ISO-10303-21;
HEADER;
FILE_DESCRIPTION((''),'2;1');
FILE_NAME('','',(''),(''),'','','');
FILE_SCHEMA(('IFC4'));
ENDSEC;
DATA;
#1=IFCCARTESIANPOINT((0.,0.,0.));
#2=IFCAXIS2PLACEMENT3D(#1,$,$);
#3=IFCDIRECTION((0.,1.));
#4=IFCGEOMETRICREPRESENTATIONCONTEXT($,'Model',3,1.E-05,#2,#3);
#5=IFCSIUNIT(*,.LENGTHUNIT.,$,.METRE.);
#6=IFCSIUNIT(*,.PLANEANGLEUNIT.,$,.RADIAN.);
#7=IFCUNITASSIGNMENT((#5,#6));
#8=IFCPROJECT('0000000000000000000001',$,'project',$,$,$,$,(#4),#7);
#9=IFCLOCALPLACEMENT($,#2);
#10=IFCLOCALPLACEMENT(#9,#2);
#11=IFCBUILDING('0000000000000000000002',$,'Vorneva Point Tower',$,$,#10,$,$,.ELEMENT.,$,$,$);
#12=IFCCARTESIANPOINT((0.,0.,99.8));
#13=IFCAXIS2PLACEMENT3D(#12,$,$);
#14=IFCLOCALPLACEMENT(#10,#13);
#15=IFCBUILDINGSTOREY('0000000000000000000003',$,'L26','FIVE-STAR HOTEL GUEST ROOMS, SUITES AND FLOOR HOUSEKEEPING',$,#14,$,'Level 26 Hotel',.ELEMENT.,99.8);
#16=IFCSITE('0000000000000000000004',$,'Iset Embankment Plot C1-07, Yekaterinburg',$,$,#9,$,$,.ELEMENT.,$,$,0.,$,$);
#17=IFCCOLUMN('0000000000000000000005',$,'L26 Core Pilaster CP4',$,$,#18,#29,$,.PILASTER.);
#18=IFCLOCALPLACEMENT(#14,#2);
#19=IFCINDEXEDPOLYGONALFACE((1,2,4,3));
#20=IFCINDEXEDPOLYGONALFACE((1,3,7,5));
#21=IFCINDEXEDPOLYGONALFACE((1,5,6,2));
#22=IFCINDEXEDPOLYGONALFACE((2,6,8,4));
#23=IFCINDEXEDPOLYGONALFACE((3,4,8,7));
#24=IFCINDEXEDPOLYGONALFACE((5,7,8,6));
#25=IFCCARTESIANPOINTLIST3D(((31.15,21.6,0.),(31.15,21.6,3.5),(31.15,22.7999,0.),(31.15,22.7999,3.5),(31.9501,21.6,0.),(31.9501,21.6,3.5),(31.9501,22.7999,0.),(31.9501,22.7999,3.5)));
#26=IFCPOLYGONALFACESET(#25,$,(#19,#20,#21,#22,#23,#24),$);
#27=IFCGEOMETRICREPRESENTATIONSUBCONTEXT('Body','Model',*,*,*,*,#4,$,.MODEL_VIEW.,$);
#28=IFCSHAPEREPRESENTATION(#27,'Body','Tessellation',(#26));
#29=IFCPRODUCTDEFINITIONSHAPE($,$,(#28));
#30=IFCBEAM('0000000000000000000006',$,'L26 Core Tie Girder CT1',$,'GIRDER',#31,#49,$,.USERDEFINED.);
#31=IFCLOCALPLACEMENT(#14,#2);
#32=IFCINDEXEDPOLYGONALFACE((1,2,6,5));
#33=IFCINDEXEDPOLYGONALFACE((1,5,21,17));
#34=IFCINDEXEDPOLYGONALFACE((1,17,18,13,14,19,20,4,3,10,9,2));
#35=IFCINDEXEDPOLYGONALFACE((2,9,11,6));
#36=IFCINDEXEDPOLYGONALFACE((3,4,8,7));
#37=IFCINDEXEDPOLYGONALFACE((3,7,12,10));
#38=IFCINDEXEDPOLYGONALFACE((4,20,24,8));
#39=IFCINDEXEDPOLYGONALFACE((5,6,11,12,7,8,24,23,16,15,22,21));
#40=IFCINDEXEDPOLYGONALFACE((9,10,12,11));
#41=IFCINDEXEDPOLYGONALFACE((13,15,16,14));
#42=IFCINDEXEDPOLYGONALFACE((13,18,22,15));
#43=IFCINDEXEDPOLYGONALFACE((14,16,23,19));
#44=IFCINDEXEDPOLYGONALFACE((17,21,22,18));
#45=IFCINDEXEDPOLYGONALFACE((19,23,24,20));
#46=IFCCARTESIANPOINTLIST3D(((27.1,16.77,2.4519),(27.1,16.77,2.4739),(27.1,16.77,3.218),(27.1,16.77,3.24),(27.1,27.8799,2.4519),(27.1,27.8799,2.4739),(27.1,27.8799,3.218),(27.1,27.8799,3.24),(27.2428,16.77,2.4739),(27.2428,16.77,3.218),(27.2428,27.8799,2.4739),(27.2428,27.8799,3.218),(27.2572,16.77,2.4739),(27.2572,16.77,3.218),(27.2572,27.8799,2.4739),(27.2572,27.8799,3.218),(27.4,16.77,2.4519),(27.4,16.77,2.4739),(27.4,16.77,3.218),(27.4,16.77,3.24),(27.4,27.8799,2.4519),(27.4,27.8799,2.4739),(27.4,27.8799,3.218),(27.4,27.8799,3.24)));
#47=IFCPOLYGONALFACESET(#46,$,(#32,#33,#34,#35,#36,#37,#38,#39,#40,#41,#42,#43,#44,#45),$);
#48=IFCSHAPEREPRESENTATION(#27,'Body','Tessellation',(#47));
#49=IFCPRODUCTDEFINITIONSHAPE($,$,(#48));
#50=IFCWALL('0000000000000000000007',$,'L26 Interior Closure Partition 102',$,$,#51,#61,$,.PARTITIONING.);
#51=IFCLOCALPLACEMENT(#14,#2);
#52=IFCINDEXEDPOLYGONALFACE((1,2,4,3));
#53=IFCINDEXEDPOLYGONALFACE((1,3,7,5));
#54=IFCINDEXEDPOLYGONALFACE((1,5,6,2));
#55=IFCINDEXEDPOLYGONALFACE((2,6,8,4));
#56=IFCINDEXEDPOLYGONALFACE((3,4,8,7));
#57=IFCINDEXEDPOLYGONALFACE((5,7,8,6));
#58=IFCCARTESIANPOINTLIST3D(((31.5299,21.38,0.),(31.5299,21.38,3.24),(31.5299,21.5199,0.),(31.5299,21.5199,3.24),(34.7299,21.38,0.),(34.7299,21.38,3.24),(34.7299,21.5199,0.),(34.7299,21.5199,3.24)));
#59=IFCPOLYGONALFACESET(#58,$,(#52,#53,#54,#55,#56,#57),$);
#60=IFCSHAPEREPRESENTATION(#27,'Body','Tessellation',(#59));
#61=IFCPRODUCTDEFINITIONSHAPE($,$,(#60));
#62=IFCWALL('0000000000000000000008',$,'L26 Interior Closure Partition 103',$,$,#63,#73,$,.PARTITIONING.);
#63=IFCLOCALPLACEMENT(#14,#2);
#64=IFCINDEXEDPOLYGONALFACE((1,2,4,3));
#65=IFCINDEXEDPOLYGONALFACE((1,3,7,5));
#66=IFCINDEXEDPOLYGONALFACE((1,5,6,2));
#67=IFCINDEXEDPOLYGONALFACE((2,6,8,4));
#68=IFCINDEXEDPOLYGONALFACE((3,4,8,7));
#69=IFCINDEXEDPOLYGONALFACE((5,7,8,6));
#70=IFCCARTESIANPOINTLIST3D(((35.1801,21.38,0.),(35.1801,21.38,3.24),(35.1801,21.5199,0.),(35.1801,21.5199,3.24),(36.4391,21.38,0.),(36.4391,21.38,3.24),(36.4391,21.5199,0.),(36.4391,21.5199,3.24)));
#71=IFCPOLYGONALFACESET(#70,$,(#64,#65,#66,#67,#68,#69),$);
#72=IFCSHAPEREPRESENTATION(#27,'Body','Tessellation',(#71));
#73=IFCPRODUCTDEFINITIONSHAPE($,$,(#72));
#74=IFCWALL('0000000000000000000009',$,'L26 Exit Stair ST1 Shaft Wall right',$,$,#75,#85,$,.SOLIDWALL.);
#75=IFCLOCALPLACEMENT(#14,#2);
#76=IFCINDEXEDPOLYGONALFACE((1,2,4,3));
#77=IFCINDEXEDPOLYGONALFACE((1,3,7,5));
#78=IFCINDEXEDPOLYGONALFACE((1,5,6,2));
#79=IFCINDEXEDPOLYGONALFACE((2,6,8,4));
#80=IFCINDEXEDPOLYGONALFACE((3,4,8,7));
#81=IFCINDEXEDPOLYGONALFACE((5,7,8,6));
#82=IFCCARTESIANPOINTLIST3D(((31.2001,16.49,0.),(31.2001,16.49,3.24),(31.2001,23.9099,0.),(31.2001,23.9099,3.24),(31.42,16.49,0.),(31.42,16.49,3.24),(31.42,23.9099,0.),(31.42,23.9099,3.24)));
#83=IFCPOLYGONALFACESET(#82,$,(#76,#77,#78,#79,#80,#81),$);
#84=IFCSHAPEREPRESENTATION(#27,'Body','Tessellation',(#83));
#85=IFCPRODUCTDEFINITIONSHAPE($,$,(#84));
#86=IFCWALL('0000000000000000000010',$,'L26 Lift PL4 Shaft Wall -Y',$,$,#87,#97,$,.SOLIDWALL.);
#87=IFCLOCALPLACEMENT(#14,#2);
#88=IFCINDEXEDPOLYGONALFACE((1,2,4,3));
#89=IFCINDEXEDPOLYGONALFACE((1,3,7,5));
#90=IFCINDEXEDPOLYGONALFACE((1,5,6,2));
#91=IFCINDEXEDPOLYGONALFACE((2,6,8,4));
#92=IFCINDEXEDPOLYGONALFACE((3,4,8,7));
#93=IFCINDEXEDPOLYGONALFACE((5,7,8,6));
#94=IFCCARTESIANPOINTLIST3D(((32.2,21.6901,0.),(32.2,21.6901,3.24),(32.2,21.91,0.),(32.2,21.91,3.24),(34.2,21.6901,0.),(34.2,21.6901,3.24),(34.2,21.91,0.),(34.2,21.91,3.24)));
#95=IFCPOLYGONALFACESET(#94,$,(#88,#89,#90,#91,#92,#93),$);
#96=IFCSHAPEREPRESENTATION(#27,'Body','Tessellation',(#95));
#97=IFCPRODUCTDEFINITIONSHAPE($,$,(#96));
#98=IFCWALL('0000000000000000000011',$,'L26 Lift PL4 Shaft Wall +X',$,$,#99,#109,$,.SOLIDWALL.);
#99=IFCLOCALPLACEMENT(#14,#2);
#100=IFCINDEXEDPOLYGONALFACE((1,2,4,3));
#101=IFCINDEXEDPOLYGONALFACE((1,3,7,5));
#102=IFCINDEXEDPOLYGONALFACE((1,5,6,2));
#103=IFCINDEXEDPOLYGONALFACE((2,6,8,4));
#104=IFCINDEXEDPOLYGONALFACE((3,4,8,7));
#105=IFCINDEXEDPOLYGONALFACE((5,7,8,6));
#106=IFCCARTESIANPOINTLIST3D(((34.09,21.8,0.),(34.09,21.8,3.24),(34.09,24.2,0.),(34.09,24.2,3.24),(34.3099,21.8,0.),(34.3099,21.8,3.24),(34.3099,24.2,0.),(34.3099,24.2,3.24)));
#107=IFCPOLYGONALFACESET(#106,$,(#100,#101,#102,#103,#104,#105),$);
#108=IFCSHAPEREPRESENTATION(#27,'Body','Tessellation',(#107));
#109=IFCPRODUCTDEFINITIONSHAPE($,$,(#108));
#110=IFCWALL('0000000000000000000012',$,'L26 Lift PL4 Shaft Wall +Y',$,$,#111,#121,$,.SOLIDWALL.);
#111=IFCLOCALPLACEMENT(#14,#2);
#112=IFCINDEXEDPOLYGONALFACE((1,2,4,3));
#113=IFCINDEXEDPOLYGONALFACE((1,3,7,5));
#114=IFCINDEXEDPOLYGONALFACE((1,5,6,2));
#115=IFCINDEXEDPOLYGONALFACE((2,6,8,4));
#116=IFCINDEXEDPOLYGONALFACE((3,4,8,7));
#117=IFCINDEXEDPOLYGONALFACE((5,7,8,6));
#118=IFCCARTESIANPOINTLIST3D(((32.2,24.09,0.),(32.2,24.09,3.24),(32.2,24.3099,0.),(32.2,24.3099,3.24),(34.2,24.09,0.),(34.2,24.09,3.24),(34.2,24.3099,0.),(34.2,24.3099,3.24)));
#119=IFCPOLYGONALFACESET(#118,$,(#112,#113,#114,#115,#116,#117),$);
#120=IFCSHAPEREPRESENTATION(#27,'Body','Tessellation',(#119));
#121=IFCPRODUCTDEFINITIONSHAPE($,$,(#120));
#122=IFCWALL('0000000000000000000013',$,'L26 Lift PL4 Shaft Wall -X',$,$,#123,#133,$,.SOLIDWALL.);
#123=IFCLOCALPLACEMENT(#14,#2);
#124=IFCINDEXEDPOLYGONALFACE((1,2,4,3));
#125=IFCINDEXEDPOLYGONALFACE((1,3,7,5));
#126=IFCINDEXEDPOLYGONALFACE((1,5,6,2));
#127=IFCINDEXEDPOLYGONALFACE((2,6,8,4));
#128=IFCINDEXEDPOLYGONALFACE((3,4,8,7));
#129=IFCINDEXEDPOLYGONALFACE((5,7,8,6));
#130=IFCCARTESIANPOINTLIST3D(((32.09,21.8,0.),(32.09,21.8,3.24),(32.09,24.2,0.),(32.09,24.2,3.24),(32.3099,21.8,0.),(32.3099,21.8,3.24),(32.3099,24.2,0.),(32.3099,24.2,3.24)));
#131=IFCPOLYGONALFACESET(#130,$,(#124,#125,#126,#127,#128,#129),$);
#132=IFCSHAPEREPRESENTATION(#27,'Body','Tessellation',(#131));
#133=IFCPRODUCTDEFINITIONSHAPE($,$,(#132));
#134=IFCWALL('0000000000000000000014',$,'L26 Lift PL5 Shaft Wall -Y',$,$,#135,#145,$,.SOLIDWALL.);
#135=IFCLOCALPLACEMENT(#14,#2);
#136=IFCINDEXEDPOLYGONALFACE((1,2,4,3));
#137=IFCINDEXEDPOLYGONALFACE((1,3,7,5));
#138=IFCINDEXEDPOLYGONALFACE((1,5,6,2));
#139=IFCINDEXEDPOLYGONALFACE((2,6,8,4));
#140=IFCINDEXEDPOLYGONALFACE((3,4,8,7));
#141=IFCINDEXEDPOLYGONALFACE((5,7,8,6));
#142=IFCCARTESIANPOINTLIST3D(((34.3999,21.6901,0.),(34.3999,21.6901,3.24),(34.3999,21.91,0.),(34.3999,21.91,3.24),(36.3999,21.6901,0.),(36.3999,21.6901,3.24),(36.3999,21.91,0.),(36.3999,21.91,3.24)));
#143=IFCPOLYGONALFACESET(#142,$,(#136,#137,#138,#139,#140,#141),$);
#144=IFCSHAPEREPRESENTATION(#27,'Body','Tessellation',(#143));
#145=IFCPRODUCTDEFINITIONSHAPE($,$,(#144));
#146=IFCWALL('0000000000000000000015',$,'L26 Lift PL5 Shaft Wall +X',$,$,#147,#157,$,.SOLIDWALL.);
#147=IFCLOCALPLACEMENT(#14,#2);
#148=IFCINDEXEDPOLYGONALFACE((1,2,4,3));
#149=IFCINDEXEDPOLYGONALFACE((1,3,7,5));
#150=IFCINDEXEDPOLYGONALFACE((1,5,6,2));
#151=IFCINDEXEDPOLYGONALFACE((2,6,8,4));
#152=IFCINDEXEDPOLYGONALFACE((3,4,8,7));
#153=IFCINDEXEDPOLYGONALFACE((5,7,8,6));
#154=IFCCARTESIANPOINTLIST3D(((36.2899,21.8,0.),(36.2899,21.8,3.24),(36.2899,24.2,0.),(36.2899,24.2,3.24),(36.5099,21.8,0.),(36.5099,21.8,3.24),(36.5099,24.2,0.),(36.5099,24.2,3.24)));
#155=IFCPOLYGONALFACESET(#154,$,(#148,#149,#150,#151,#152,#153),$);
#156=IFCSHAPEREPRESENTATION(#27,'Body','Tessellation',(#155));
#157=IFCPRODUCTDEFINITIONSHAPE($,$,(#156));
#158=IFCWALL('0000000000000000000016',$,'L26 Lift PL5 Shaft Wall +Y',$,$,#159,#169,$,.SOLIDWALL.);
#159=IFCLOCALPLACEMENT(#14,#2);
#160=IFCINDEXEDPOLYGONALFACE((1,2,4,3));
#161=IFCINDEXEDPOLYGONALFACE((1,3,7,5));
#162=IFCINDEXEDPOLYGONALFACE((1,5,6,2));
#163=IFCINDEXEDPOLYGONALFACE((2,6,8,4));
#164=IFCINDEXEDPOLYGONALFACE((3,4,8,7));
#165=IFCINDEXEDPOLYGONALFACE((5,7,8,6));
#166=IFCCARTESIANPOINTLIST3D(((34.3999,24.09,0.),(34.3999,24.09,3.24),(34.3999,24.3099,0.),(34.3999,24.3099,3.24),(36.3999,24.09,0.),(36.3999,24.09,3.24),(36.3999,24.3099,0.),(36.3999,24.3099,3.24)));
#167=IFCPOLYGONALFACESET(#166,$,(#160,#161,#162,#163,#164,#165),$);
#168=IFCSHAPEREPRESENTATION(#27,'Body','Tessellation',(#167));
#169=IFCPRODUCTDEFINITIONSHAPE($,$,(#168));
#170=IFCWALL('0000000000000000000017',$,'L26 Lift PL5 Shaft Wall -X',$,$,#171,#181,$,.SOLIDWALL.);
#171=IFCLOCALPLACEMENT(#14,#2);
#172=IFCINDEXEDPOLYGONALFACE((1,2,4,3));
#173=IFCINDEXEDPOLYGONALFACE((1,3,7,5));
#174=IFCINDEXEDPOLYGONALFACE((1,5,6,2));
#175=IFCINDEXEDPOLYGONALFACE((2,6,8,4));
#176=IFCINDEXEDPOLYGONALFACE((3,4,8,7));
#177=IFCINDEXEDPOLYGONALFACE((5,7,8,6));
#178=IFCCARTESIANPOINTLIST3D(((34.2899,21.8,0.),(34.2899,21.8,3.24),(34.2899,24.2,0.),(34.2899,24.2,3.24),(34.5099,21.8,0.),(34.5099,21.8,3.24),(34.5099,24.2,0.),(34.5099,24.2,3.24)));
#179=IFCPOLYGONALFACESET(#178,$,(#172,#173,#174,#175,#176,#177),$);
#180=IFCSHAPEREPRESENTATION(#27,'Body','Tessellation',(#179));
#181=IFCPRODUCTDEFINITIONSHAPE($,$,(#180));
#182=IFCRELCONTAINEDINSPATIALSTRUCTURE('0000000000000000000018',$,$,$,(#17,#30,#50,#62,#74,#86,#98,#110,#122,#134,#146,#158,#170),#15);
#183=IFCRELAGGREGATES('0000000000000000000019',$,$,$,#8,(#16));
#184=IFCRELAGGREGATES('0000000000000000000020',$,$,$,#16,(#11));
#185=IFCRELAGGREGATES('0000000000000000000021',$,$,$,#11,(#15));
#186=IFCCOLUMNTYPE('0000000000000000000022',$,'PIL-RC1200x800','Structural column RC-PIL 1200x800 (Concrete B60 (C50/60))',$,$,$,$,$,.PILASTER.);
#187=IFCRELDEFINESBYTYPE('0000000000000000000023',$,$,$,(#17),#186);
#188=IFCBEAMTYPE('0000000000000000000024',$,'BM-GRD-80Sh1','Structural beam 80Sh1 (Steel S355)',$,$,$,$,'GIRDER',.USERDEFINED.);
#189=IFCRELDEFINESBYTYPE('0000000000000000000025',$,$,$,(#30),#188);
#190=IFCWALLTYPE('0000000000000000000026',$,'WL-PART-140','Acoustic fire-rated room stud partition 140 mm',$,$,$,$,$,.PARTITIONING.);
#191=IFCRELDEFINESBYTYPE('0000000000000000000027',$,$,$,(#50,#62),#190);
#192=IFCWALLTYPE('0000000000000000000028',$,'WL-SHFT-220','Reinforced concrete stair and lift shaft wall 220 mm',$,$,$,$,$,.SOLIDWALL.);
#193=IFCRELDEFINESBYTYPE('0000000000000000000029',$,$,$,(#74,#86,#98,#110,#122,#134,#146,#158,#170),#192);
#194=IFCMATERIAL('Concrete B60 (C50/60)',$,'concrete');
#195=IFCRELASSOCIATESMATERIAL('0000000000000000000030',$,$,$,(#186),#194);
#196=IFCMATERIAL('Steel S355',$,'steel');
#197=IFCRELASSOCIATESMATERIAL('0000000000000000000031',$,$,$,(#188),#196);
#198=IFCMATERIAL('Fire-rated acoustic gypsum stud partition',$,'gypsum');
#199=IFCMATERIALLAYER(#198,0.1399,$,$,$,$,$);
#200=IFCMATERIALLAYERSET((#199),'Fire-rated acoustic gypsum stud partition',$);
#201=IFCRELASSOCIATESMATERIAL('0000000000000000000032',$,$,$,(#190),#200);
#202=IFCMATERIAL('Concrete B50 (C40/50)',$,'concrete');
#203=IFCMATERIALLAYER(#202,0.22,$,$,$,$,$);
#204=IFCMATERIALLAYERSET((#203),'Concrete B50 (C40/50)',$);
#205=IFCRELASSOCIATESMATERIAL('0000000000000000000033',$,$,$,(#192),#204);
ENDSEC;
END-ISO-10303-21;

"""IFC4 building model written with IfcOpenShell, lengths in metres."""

from ifc_helpers import new_model, si_unit, direction, frame, frame_2d, origin, origin_2d, place, context, subcontext, project, spatial, rectangle, i_section, extrude, material, layer, layer_set, material_profile, profile_set, type_object, element, save


model = new_model("IFC4")

# Units and contexts
model_context = context("Model", 3, precision=1e-05, world=origin(), true_north=direction((0.0, 1.0)))
body_context = subcontext(model_context, "Body", "Model", "MODEL_VIEW")
ifc_project = project(units=[si_unit("LENGTHUNIT", "METRE"), si_unit("PLANEANGLEUNIT", "RADIAN")], contexts=[model_context])

# Site, building, storey
site_placement = place(None, origin())
site = spatial("IfcSite", under=ifc_project, at=site_placement, Name="Iset Embankment Plot C1-07, Yekaterinburg", CompositionType="ELEMENT", RefElevation=0.0)
building_placement = place(site_placement, origin())
building = spatial("IfcBuilding", under=site, at=building_placement, Name="Vorneva Point Tower", CompositionType="ELEMENT")
storey_placement = place(building_placement, frame((0.0, 0.0, 99.8)))
storey = spatial("IfcBuildingStorey", under=building, at=storey_placement, Name="L26", Description="FIVE-STAR HOTEL GUEST ROOMS, SUITES AND FLOOR HOUSEKEEPING", LongName="Level 26 Hotel", CompositionType="ELEMENT", Elevation=99.8)

# Column
ifc_material_1 = material(Name="Concrete B60 (C50/60)", Category="concrete")
ifc_material_profile_1 = material_profile(ifc_material_1, rectangle(XDim=0.8, YDim=1.2, at=origin_2d()), Name="RC-PIL 1200x800")
ifc_profile_set_1 = profile_set([ifc_material_profile_1], Name="Concrete B60 (C50/60)")
column_type = type_object("IfcColumnType", Name="PIL-RC1200x800", Description="Structural column RC-PIL 1200x800 (Concrete B60 (C50/60))", PredefinedType="PILASTER", material=ifc_profile_set_1)
column_placement = place(storey_placement, frame((31.55, 22.2, 0.0), z_axis=(0.0, 0.0, 1.0), x_axis=(1.0, 0.0, 0.0)))
element("IfcColumn", 1, at=column_placement, inside=storey, type_object=column_type, Name="L26 Core Pilaster CP4", PredefinedType="PILASTER", context=body_context, shape_type="SweptSolid", body=[
    extrude(rectangle(XDim=0.8, YDim=1.2, at=origin_2d()), origin(), (0.0, 0.0, 1.0), 3.5),
])

# Beam
ifc_material_2 = material(Name="Steel S355", Category="steel")
ifc_material_profile_2 = material_profile(ifc_material_2, i_section(OverallWidth=0.3, OverallDepth=0.7881, WebThickness=0.0144, FlangeThickness=0.022, at=origin_2d()), Name="80Sh1")
ifc_profile_set_2 = profile_set([ifc_material_profile_2], Name="Steel S355")
beam_type = type_object("IfcBeamType", Name="BM-GRD-80Sh1", Description="Structural beam 80Sh1 (Steel S355)", ElementType="GIRDER", PredefinedType="USERDEFINED", material=ifc_profile_set_2)
beam_placement = place(storey_placement, frame((27.25, 16.77, 2.8459), z_axis=(0.0, 1.0, 0.0), x_axis=(-1.0, 0.0, 0.0)))
element("IfcBeam", 2, at=beam_placement, inside=storey, type_object=beam_type, Name="L26 Core Tie Girder CT1", ObjectType="GIRDER", PredefinedType="USERDEFINED", context=body_context, shape_type="SweptSolid", body=[
    extrude(i_section(OverallWidth=0.3, OverallDepth=0.7881, WebThickness=0.0144, FlangeThickness=0.022, at=origin_2d()), origin(), (0.0, 0.0, 1.0), 11.1099),
])

# Walls
ifc_material_3 = material(Name="Fire-rated acoustic gypsum stud partition", Category="gypsum")
ifc_layer_1 = layer(ifc_material_3, 0.1399)
ifc_layer_set_1 = layer_set([ifc_layer_1], Name="Fire-rated acoustic gypsum stud partition")
wall_type_1 = type_object("IfcWallType", Name="WL-PART-140", Description="Acoustic fire-rated room stud partition 140 mm", PredefinedType="PARTITIONING", material=ifc_layer_set_1)
wall_1_placement = place(storey_placement, frame((34.73, 21.45, 0.0), z_axis=(0.0, 0.0, 1.0), x_axis=(-1.0, 0.0, 0.0)))
element("IfcWall", 3, at=wall_1_placement, inside=storey, type_object=wall_type_1, Name="L26 Interior Closure Partition 102", PredefinedType="PARTITIONING", context=body_context, shape_type="SweptSolid", body=[
    extrude(rectangle(XDim=3.2, YDim=0.1399, at=frame_2d((1.6001, 0.0))), origin(), (0.0, 0.0, 1.0), 3.24),
])
wall_2_placement = place(storey_placement, frame((36.439, 21.45, 0.0), z_axis=(0.0, 0.0, 1.0), x_axis=(-1.0, 0.0, 0.0)))
element("IfcWall", 4, at=wall_2_placement, inside=storey, type_object=wall_type_1, Name="L26 Interior Closure Partition 103", PredefinedType="PARTITIONING", context=body_context, shape_type="SweptSolid", body=[
    extrude(rectangle(XDim=1.259, YDim=0.1399, at=frame_2d((0.6294, 0.0))), origin(), (0.0, 0.0, 1.0), 3.24),
])

# Shared definitions
ifc_material_4 = material(Name="Concrete B50 (C40/50)", Category="concrete")
ifc_layer_2 = layer(ifc_material_4, 0.22)
ifc_layer_set_2 = layer_set([ifc_layer_2], Name="Concrete B50 (C40/50)")
wall_type_2 = type_object("IfcWallType", Name="WL-SHFT-220", Description="Reinforced concrete stair and lift shaft wall 220 mm", PredefinedType="SOLIDWALL", material=ifc_layer_set_2)

# Walls
wall_3_placement = place(storey_placement, frame((31.3101, 23.9099, 0.0), z_axis=(0.0, 0.0, 1.0), x_axis=(0.0, -1.0, 0.0)))
element("IfcWall", 5, at=wall_3_placement, inside=storey, type_object=wall_type_2, Name="L26 Exit Stair ST1 Shaft Wall right", PredefinedType="SOLIDWALL", context=body_context, shape_type="SweptSolid", body=[
    extrude(rectangle(XDim=7.4199, YDim=0.22, at=frame_2d((3.71, 0.0))), origin(), (0.0, 0.0, 1.0), 3.24),
])
wall_4_placement = place(storey_placement, frame((32.2, 21.8, 0.0), z_axis=(0.0, 0.0, 1.0), x_axis=(1.0, 0.0, 0.0)))
element("IfcWall", 6, at=wall_4_placement, inside=storey, type_object=wall_type_2, Name="L26 Lift PL4 Shaft Wall -Y", PredefinedType="SOLIDWALL", context=body_context, shape_type="SweptSolid", body=[
    extrude(rectangle(XDim=2.0, YDim=0.22, at=frame_2d((1.0, 0.0))), origin(), (0.0, 0.0, 1.0), 3.24),
])
wall_5_placement = place(storey_placement, frame((34.2, 21.8, 0.0), z_axis=(0.0, 0.0, 1.0), x_axis=(0.0, 1.0, 0.0)))
element("IfcWall", 7, at=wall_5_placement, inside=storey, type_object=wall_type_2, Name="L26 Lift PL4 Shaft Wall +X", PredefinedType="SOLIDWALL", context=body_context, shape_type="SweptSolid", body=[
    extrude(rectangle(XDim=2.3999, YDim=0.22, at=frame_2d((1.2, 0.0))), origin(), (0.0, 0.0, 1.0), 3.24),
])
wall_6_placement = place(storey_placement, frame((34.2, 24.2, 0.0), z_axis=(0.0, 0.0, 1.0), x_axis=(-1.0, 0.0, 0.0)))
element("IfcWall", 8, at=wall_6_placement, inside=storey, type_object=wall_type_2, Name="L26 Lift PL4 Shaft Wall +Y", PredefinedType="SOLIDWALL", context=body_context, shape_type="SweptSolid", body=[
    extrude(rectangle(XDim=2.0, YDim=0.22, at=frame_2d((1.0, 0.0))), origin(), (0.0, 0.0, 1.0), 3.24),
])
wall_7_placement = place(storey_placement, frame((32.2, 24.2, 0.0), z_axis=(0.0, 0.0, 1.0), x_axis=(0.0, -1.0, 0.0)))
element("IfcWall", 9, at=wall_7_placement, inside=storey, type_object=wall_type_2, Name="L26 Lift PL4 Shaft Wall -X", PredefinedType="SOLIDWALL", context=body_context, shape_type="SweptSolid", body=[
    extrude(rectangle(XDim=2.3999, YDim=0.22, at=frame_2d((1.2, 0.0))), origin(), (0.0, 0.0, 1.0), 3.24),
])
wall_8_placement = place(storey_placement, frame((34.3999, 21.8, 0.0), z_axis=(0.0, 0.0, 1.0), x_axis=(1.0, 0.0, 0.0)))
element("IfcWall", 10, at=wall_8_placement, inside=storey, type_object=wall_type_2, Name="L26 Lift PL5 Shaft Wall -Y", PredefinedType="SOLIDWALL", context=body_context, shape_type="SweptSolid", body=[
    extrude(rectangle(XDim=2.0, YDim=0.22, at=frame_2d((1.0, 0.0))), origin(), (0.0, 0.0, 1.0), 3.24),
])
wall_9_placement = place(storey_placement, frame((36.3999, 21.8, 0.0), z_axis=(0.0, 0.0, 1.0), x_axis=(0.0, 1.0, 0.0)))
element("IfcWall", 11, at=wall_9_placement, inside=storey, type_object=wall_type_2, Name="L26 Lift PL5 Shaft Wall +X", PredefinedType="SOLIDWALL", context=body_context, shape_type="SweptSolid", body=[
    extrude(rectangle(XDim=2.3999, YDim=0.22, at=frame_2d((1.2, 0.0))), origin(), (0.0, 0.0, 1.0), 3.24),
])
wall_10_placement = place(storey_placement, frame((36.3999, 24.2, 0.0), z_axis=(0.0, 0.0, 1.0), x_axis=(-1.0, 0.0, 0.0)))
element("IfcWall", 12, at=wall_10_placement, inside=storey, type_object=wall_type_2, Name="L26 Lift PL5 Shaft Wall +Y", PredefinedType="SOLIDWALL", context=body_context, shape_type="SweptSolid", body=[
    extrude(rectangle(XDim=2.0, YDim=0.22, at=frame_2d((1.0, 0.0))), origin(), (0.0, 0.0, 1.0), 3.24),
])
wall_11_placement = place(storey_placement, frame((34.3999, 24.2, 0.0), z_axis=(0.0, 0.0, 1.0), x_axis=(0.0, -1.0, 0.0)))
element("IfcWall", 13, at=wall_11_placement, inside=storey, type_object=wall_type_2, Name="L26 Lift PL5 Shaft Wall -X", PredefinedType="SOLIDWALL", context=body_context, shape_type="SweptSolid", body=[
    extrude(rectangle(XDim=2.3999, YDim=0.22, at=frame_2d((1.2, 0.0))), origin(), (0.0, 0.0, 1.0), 3.24),
])

save(model, "model.ifc")
